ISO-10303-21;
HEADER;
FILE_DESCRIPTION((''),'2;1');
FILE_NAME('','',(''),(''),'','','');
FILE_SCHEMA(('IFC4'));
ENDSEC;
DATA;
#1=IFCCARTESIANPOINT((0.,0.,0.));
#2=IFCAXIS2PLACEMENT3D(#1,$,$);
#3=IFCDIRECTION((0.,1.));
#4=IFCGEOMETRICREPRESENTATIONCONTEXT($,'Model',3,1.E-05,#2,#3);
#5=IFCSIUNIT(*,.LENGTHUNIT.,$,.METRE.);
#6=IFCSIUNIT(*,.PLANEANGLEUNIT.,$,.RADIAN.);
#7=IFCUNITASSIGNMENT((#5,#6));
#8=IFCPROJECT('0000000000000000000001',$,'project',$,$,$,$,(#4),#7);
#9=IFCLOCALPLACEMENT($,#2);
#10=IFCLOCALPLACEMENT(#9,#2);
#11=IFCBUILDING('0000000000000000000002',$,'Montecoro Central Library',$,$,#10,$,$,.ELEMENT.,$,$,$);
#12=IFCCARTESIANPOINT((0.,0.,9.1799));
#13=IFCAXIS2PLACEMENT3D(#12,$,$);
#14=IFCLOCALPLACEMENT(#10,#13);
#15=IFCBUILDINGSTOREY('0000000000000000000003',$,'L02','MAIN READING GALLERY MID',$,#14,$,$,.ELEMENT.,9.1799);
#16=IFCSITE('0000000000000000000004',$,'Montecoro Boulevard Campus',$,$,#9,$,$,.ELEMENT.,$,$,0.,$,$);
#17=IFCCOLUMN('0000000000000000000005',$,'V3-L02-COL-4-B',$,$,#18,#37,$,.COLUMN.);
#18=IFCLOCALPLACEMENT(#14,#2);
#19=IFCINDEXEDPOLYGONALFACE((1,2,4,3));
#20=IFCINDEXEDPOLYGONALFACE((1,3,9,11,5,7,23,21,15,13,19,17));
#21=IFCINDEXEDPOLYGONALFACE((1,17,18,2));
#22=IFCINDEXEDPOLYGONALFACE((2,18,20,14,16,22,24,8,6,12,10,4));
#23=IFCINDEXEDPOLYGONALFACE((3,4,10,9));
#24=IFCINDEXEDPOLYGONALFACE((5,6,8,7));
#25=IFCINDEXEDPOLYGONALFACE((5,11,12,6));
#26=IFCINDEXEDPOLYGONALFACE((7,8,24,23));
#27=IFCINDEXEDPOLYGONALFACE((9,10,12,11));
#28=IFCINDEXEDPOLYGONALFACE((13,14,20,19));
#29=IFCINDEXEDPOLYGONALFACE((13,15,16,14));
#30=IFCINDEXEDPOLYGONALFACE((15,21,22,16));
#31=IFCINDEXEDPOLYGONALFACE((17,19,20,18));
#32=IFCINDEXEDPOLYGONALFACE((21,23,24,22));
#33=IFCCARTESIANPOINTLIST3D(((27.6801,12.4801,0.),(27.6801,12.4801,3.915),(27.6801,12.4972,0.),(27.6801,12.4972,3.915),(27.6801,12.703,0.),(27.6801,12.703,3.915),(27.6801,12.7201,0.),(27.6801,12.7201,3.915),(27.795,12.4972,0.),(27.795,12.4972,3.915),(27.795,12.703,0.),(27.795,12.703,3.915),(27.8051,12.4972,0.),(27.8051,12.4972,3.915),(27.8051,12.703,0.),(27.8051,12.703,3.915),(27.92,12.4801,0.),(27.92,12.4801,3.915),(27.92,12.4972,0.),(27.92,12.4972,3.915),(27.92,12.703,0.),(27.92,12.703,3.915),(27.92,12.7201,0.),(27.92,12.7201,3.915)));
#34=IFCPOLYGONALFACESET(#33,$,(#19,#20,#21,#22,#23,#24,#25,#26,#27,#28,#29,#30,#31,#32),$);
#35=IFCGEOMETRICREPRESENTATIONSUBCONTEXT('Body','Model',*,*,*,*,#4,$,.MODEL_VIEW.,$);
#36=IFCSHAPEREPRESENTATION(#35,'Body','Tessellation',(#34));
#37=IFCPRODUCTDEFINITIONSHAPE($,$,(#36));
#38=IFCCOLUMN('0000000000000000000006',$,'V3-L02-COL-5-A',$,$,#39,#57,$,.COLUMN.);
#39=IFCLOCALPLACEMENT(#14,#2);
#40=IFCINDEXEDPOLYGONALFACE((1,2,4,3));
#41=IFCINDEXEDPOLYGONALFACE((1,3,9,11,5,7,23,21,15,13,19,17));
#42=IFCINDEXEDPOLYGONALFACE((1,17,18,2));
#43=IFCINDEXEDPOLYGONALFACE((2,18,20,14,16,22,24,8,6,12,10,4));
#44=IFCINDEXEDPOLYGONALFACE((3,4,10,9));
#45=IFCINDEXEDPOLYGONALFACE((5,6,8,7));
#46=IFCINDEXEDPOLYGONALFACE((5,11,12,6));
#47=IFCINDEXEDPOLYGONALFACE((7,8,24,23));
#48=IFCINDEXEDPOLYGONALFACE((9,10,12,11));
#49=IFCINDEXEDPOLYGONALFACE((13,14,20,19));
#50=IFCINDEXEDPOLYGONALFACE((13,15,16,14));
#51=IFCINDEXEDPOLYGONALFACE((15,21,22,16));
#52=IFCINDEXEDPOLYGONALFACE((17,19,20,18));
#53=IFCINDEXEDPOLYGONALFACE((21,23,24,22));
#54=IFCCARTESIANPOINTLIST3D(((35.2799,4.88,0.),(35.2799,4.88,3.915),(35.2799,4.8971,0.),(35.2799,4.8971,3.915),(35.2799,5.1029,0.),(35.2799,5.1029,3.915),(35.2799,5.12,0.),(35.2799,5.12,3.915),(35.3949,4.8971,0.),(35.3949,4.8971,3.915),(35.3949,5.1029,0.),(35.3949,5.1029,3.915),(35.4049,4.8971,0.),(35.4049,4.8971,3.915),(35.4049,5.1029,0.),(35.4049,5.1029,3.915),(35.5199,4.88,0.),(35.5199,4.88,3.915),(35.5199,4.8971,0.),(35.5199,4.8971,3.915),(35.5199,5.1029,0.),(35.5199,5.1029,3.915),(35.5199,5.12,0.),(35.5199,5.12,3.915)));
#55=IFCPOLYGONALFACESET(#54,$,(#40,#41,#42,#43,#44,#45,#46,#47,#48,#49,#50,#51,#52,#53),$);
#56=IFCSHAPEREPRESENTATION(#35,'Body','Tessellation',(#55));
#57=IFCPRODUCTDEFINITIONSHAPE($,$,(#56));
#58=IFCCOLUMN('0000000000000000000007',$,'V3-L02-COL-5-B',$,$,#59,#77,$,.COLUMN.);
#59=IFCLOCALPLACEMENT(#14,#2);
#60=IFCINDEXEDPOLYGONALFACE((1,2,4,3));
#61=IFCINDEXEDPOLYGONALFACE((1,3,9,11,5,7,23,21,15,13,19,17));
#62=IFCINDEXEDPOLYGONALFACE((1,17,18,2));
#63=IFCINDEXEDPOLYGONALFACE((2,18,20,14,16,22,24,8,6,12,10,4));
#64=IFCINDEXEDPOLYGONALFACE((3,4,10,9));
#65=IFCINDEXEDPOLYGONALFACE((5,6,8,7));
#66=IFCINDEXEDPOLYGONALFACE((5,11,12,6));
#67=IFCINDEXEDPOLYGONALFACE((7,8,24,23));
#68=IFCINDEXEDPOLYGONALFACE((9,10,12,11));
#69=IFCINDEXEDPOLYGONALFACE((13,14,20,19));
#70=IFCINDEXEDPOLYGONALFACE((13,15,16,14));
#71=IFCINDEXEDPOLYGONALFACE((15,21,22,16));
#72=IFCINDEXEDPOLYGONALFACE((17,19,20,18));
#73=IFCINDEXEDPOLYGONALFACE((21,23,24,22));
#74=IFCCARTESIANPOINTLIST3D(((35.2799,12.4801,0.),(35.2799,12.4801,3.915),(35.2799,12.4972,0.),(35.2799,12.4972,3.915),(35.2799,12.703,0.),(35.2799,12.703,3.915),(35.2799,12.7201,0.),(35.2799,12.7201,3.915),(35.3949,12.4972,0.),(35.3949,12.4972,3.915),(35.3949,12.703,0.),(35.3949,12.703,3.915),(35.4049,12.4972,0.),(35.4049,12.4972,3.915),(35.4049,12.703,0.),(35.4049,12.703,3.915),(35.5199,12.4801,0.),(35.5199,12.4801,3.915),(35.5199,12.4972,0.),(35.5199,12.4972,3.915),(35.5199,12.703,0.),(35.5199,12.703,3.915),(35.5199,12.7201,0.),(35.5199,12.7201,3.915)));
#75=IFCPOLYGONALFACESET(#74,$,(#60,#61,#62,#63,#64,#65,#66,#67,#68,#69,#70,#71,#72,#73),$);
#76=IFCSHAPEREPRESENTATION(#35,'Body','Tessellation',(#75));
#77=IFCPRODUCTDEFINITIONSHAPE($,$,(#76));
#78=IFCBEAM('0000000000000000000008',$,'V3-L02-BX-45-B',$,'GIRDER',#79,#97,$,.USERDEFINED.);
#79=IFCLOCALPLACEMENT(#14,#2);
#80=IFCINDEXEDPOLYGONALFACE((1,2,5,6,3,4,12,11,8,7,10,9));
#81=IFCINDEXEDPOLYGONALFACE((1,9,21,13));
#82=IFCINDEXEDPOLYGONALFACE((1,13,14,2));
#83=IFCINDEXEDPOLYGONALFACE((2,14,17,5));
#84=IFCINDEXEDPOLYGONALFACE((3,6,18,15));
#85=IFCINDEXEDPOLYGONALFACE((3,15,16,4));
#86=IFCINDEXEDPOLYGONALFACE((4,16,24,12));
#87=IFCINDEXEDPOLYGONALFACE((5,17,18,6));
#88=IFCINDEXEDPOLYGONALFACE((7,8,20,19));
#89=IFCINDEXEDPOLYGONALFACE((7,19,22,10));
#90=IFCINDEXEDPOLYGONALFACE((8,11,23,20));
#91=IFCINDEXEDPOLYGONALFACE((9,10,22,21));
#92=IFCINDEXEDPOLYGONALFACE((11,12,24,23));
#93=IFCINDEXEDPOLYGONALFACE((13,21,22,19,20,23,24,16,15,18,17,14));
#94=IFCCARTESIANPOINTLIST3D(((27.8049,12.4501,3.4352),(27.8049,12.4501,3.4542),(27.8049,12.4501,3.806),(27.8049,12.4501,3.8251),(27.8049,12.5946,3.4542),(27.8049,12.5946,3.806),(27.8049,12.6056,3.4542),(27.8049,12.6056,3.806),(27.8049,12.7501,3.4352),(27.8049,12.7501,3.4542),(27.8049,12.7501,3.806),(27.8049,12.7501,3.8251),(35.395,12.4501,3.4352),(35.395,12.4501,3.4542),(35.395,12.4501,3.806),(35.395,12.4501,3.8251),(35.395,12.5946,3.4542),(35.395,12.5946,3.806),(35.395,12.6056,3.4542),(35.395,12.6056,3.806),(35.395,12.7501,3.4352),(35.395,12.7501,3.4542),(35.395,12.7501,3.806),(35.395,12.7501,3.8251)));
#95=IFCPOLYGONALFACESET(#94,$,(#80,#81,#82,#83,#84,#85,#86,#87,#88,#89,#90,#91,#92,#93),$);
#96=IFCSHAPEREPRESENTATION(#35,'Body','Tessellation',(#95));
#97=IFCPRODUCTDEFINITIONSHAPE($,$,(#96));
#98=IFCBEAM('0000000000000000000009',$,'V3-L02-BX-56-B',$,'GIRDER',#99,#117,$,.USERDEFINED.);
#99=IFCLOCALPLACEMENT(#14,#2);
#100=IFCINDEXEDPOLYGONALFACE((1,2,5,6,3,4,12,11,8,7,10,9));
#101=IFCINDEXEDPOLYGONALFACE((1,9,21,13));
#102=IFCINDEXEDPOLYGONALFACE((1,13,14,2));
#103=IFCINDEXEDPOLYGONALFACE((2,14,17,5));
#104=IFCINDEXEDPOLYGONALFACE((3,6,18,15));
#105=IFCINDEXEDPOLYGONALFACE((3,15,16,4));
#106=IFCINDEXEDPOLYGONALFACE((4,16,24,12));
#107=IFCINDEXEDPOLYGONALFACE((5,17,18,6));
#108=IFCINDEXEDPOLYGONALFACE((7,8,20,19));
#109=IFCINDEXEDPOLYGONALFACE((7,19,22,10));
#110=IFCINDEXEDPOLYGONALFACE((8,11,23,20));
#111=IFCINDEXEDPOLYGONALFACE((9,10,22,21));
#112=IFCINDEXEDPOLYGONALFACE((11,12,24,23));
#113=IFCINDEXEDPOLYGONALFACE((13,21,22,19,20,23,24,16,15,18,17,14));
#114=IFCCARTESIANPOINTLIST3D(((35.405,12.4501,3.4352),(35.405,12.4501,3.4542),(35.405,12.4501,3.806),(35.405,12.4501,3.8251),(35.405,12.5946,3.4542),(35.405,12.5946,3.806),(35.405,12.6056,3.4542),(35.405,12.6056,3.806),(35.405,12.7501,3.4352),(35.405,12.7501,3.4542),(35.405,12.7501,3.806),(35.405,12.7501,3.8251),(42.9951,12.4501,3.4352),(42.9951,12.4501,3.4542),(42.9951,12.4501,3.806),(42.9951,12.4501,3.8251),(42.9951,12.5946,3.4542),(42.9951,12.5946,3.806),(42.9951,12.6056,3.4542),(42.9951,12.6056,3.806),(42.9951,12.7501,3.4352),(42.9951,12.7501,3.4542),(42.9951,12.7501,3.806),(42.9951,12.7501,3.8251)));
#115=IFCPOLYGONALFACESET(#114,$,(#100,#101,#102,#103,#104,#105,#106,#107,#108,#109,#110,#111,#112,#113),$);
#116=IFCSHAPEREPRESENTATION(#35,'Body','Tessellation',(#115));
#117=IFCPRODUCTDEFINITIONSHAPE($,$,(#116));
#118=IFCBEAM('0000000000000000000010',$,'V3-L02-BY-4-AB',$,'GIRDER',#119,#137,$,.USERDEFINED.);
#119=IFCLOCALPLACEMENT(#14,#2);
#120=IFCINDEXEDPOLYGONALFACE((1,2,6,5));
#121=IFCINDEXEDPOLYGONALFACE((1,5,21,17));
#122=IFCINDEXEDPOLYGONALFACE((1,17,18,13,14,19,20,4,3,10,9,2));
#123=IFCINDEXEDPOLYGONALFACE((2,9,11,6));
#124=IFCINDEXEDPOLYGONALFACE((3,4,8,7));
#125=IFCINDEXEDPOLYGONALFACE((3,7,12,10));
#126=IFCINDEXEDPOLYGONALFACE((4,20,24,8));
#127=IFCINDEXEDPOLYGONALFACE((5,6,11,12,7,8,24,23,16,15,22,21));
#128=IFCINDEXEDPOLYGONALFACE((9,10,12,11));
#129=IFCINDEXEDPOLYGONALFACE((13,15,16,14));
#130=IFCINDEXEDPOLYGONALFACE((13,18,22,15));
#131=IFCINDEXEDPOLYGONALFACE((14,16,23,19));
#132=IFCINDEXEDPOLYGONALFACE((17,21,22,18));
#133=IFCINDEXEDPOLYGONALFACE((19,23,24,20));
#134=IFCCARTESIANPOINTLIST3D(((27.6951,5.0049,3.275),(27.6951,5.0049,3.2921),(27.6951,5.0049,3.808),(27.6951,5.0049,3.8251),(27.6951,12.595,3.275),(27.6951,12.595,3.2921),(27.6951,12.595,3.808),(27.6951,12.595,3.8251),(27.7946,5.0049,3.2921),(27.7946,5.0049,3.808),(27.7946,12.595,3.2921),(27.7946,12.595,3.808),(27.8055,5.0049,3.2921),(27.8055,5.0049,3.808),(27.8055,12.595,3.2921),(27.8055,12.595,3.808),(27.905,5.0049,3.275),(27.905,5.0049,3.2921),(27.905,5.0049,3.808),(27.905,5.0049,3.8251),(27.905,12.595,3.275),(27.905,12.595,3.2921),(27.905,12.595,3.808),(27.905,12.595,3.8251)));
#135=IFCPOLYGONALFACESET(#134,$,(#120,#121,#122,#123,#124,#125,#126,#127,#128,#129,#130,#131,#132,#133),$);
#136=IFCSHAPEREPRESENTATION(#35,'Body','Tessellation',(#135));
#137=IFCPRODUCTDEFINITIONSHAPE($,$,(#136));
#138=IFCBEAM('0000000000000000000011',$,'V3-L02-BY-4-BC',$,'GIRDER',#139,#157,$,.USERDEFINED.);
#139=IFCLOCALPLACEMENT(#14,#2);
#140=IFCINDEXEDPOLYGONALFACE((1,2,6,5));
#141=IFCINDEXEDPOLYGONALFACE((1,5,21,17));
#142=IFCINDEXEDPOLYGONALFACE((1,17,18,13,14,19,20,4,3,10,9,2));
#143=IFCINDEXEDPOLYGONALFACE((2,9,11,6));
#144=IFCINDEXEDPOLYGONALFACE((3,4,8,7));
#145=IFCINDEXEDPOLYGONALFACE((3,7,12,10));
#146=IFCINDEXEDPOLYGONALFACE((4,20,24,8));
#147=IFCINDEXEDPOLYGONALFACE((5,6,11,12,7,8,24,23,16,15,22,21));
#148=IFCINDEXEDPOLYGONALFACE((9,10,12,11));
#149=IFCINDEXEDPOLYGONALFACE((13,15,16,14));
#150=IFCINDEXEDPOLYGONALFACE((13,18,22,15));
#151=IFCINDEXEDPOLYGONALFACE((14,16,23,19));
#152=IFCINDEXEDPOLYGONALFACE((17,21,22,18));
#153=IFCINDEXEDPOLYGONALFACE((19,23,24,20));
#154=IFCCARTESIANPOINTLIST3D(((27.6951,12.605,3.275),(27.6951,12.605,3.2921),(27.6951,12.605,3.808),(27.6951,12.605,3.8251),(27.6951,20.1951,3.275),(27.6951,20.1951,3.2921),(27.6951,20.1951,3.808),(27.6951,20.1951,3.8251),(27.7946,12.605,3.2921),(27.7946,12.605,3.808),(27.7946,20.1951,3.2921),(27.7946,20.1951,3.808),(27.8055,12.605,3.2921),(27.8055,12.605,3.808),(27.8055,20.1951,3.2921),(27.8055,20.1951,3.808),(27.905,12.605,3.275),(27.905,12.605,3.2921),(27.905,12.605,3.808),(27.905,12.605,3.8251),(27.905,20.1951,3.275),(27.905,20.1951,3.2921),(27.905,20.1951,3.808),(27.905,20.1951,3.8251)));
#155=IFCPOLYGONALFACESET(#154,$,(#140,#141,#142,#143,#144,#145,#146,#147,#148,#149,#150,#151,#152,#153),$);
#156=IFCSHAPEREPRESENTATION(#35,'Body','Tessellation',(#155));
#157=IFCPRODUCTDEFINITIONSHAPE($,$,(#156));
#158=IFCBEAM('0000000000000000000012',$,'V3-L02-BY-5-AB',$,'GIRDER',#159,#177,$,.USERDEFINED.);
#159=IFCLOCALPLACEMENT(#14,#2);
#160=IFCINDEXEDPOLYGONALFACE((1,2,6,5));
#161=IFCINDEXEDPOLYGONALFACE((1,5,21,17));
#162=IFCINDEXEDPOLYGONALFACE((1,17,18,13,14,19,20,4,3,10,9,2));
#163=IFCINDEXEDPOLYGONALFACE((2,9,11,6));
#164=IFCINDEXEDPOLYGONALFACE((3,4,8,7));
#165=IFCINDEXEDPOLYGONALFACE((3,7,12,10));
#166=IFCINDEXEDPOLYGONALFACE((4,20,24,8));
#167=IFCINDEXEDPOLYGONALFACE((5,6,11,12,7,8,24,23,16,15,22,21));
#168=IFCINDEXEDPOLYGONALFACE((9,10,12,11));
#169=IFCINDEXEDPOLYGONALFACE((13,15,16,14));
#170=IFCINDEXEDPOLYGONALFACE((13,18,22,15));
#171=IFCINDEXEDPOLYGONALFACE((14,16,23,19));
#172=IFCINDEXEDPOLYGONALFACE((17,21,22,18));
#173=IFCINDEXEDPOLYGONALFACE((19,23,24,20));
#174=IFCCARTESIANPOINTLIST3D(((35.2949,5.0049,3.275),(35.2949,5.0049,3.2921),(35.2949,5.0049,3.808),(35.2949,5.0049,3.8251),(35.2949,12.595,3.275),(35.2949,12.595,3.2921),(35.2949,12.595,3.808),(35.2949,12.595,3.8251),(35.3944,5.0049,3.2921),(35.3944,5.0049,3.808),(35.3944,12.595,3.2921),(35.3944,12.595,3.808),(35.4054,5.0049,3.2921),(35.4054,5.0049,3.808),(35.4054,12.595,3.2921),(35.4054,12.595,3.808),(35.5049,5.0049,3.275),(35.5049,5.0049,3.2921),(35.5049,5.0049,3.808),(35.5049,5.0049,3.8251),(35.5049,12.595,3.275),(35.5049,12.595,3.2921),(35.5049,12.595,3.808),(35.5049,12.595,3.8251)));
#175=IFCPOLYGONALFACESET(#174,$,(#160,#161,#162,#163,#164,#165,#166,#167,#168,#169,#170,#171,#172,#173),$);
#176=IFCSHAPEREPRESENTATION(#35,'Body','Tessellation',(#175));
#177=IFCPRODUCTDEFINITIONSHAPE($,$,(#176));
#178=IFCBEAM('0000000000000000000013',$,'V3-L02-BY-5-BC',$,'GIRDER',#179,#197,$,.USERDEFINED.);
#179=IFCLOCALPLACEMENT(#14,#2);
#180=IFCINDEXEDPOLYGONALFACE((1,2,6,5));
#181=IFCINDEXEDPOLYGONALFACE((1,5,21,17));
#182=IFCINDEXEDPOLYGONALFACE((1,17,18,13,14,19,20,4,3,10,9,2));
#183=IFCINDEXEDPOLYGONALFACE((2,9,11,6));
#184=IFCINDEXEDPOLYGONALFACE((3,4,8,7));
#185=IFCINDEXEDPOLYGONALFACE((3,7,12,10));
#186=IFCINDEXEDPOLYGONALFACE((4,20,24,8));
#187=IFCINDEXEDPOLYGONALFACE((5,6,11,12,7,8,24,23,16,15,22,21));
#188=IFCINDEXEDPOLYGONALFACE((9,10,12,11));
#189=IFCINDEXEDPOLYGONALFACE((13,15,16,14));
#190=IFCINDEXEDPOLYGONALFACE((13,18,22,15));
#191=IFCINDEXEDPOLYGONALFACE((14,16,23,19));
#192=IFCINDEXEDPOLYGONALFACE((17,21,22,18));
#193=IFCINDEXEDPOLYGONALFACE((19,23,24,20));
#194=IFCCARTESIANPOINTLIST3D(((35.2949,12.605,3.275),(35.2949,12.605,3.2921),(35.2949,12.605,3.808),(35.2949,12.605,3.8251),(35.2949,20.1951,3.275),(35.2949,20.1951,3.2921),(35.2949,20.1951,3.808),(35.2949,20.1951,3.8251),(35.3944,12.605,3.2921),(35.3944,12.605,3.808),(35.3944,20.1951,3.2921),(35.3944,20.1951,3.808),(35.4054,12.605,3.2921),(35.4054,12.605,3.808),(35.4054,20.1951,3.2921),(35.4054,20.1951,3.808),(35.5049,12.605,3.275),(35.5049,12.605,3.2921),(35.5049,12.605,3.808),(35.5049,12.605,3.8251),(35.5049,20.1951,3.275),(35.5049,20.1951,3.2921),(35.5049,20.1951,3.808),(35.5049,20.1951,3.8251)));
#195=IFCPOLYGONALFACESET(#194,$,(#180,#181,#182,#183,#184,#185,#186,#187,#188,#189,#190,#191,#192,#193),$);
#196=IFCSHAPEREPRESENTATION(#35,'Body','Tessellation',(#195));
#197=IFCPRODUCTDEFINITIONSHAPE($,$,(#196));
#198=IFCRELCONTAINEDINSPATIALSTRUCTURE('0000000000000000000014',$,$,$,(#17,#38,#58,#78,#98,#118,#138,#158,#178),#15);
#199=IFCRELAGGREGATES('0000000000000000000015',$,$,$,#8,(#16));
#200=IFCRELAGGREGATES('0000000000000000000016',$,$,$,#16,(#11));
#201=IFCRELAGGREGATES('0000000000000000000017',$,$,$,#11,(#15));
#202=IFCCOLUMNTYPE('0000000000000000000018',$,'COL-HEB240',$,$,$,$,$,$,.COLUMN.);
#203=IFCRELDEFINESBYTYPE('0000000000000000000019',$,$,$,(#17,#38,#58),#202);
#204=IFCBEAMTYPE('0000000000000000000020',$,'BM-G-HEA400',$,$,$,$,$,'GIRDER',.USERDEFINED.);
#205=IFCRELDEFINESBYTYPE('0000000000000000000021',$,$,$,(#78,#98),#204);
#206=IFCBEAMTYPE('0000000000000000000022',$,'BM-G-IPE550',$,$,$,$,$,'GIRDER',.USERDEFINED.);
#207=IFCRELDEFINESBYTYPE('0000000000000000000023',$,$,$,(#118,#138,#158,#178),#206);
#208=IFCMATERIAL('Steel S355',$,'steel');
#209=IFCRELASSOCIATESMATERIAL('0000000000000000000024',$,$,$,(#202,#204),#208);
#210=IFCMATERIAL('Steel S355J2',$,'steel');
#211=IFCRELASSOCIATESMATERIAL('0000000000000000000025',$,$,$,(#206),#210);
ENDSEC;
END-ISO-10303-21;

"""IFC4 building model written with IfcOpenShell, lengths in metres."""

from ifc_helpers import new_model, si_unit, direction, frame, origin, origin_2d, place, context, subcontext, project, spatial, i_section, extrude, material, material_profile, profile_set, type_object, element, save


model = new_model("IFC4")

# Units and contexts
model_context = context("Model", 3, precision=1e-05, world=origin(), true_north=direction((0.0, 1.0)))
body_context = subcontext(model_context, "Body", "Model", "MODEL_VIEW")
ifc_project = project(units=[si_unit("LENGTHUNIT", "METRE"), si_unit("PLANEANGLEUNIT", "RADIAN")], contexts=[model_context])

# Site, building, storey
site_placement = place(None, origin())
site = spatial("IfcSite", under=ifc_project, at=site_placement, Name="Montecoro Boulevard Campus", CompositionType="ELEMENT", RefElevation=0.0)
building_placement = place(site_placement, origin())
building = spatial("IfcBuilding", under=site, at=building_placement, Name="Montecoro Central Library", CompositionType="ELEMENT")
storey_placement = place(building_placement, frame((0.0, 0.0, 9.1799)))
storey = spatial("IfcBuildingStorey", under=building, at=storey_placement, Name="L02", Description="MAIN READING GALLERY MID", CompositionType="ELEMENT", Elevation=9.1799)

# Columns
ifc_material_1 = material(Name="Steel S355", Category="steel")
ifc_material_profile_1 = material_profile(ifc_material_1, i_section(OverallWidth=0.24, OverallDepth=0.24, WebThickness=0.01, FlangeThickness=0.0171, at=origin_2d()), Name="HEB 240")
ifc_profile_set_1 = profile_set([ifc_material_profile_1], Name="Steel S355")
column_type = type_object("IfcColumnType", Name="COL-HEB240", PredefinedType="COLUMN", material=ifc_profile_set_1)
for number, where, z_axis, x_axis, name in (
    (1, (27.8, 12.6001, 0.0), (0.0, 0.0, 1.0), (1.0, 0.0, 0.0), "V3-L02-COL-4-B"),
    (2, (35.3999, 5.0, 0.0), (0.0, 0.0, 1.0), (1.0, 0.0, 0.0), "V3-L02-COL-5-A"),
    (3, (35.3999, 12.6001, 0.0), (0.0, 0.0, 1.0), (1.0, 0.0, 0.0), "V3-L02-COL-5-B"),
):
    element("IfcColumn", number, at=place(storey_placement, frame(where, z_axis=z_axis, x_axis=x_axis)), inside=storey, type_object=column_type, Name=name, PredefinedType="COLUMN", context=body_context, shape_type="SweptSolid", body=[
        extrude(i_section(OverallWidth=0.24, OverallDepth=0.24, WebThickness=0.01, FlangeThickness=0.0171, at=origin_2d()), origin(), (0.0, 0.0, 1.0), 3.915),
    ])

# Beams
ifc_material_profile_2 = material_profile(ifc_material_1, i_section(OverallWidth=0.3, OverallDepth=0.3899, WebThickness=0.011, FlangeThickness=0.019, at=origin_2d()), Name="HEA 400")
ifc_profile_set_2 = profile_set([ifc_material_profile_2], Name="Steel S355")
beam_type_1 = type_object("IfcBeamType", Name="BM-G-HEA400", ElementType="GIRDER", PredefinedType="USERDEFINED", material=ifc_profile_set_2)
for number, where, z_axis, x_axis, name in (
    (4, (27.8049, 12.6001, 3.6301), (1.0, 0.0, 0.0), (0.0, 1.0, 0.0), "V3-L02-BX-45-B"),
    (5, (35.405, 12.6001, 3.6301), (1.0, 0.0, 0.0), (0.0, 1.0, 0.0), "V3-L02-BX-56-B"),
):
    element("IfcBeam", number, at=place(storey_placement, frame(where, z_axis=z_axis, x_axis=x_axis)), inside=storey, type_object=beam_type_1, Name=name, ObjectType="GIRDER", PredefinedType="USERDEFINED", context=body_context, shape_type="SweptSolid", body=[
        extrude(i_section(OverallWidth=0.3, OverallDepth=0.3899, WebThickness=0.011, FlangeThickness=0.019, at=origin_2d()), origin(), (0.0, 0.0, 1.0), 7.5901),
    ])
ifc_material_2 = material(Name="Steel S355J2", Category="steel")
ifc_material_profile_3 = material_profile(ifc_material_2, i_section(OverallWidth=0.21, OverallDepth=0.55, WebThickness=0.011, FlangeThickness=0.0171, at=origin_2d()), Name="IPE 550")
ifc_profile_set_3 = profile_set([ifc_material_profile_3], Name="Steel S355J2")
beam_type_2 = type_object("IfcBeamType", Name="BM-G-IPE550", ElementType="GIRDER", PredefinedType="USERDEFINED", material=ifc_profile_set_3)
for number, where, z_axis, x_axis, name in (
    (6, (27.8, 5.0049, 3.55), (0.0, 1.0, 0.0), (-1.0, 0.0, 0.0), "V3-L02-BY-4-AB"),
    (7, (27.8, 12.605, 3.55), (0.0, 1.0, 0.0), (-1.0, 0.0, 0.0), "V3-L02-BY-4-BC"),
    (8, (35.3999, 5.0049, 3.55), (0.0, 1.0, 0.0), (-1.0, 0.0, 0.0), "V3-L02-BY-5-AB"),
    (9, (35.3999, 12.605, 3.55), (0.0, 1.0, 0.0), (-1.0, 0.0, 0.0), "V3-L02-BY-5-BC"),
):
    element("IfcBeam", number, at=place(storey_placement, frame(where, z_axis=z_axis, x_axis=x_axis)), inside=storey, type_object=beam_type_2, Name=name, ObjectType="GIRDER", PredefinedType="USERDEFINED", context=body_context, shape_type="SweptSolid", body=[
        extrude(i_section(OverallWidth=0.21, OverallDepth=0.55, WebThickness=0.011, FlangeThickness=0.0171, at=origin_2d()), origin(), (0.0, 0.0, 1.0), 7.5901),
    ])

save(model, "model.ifc")
